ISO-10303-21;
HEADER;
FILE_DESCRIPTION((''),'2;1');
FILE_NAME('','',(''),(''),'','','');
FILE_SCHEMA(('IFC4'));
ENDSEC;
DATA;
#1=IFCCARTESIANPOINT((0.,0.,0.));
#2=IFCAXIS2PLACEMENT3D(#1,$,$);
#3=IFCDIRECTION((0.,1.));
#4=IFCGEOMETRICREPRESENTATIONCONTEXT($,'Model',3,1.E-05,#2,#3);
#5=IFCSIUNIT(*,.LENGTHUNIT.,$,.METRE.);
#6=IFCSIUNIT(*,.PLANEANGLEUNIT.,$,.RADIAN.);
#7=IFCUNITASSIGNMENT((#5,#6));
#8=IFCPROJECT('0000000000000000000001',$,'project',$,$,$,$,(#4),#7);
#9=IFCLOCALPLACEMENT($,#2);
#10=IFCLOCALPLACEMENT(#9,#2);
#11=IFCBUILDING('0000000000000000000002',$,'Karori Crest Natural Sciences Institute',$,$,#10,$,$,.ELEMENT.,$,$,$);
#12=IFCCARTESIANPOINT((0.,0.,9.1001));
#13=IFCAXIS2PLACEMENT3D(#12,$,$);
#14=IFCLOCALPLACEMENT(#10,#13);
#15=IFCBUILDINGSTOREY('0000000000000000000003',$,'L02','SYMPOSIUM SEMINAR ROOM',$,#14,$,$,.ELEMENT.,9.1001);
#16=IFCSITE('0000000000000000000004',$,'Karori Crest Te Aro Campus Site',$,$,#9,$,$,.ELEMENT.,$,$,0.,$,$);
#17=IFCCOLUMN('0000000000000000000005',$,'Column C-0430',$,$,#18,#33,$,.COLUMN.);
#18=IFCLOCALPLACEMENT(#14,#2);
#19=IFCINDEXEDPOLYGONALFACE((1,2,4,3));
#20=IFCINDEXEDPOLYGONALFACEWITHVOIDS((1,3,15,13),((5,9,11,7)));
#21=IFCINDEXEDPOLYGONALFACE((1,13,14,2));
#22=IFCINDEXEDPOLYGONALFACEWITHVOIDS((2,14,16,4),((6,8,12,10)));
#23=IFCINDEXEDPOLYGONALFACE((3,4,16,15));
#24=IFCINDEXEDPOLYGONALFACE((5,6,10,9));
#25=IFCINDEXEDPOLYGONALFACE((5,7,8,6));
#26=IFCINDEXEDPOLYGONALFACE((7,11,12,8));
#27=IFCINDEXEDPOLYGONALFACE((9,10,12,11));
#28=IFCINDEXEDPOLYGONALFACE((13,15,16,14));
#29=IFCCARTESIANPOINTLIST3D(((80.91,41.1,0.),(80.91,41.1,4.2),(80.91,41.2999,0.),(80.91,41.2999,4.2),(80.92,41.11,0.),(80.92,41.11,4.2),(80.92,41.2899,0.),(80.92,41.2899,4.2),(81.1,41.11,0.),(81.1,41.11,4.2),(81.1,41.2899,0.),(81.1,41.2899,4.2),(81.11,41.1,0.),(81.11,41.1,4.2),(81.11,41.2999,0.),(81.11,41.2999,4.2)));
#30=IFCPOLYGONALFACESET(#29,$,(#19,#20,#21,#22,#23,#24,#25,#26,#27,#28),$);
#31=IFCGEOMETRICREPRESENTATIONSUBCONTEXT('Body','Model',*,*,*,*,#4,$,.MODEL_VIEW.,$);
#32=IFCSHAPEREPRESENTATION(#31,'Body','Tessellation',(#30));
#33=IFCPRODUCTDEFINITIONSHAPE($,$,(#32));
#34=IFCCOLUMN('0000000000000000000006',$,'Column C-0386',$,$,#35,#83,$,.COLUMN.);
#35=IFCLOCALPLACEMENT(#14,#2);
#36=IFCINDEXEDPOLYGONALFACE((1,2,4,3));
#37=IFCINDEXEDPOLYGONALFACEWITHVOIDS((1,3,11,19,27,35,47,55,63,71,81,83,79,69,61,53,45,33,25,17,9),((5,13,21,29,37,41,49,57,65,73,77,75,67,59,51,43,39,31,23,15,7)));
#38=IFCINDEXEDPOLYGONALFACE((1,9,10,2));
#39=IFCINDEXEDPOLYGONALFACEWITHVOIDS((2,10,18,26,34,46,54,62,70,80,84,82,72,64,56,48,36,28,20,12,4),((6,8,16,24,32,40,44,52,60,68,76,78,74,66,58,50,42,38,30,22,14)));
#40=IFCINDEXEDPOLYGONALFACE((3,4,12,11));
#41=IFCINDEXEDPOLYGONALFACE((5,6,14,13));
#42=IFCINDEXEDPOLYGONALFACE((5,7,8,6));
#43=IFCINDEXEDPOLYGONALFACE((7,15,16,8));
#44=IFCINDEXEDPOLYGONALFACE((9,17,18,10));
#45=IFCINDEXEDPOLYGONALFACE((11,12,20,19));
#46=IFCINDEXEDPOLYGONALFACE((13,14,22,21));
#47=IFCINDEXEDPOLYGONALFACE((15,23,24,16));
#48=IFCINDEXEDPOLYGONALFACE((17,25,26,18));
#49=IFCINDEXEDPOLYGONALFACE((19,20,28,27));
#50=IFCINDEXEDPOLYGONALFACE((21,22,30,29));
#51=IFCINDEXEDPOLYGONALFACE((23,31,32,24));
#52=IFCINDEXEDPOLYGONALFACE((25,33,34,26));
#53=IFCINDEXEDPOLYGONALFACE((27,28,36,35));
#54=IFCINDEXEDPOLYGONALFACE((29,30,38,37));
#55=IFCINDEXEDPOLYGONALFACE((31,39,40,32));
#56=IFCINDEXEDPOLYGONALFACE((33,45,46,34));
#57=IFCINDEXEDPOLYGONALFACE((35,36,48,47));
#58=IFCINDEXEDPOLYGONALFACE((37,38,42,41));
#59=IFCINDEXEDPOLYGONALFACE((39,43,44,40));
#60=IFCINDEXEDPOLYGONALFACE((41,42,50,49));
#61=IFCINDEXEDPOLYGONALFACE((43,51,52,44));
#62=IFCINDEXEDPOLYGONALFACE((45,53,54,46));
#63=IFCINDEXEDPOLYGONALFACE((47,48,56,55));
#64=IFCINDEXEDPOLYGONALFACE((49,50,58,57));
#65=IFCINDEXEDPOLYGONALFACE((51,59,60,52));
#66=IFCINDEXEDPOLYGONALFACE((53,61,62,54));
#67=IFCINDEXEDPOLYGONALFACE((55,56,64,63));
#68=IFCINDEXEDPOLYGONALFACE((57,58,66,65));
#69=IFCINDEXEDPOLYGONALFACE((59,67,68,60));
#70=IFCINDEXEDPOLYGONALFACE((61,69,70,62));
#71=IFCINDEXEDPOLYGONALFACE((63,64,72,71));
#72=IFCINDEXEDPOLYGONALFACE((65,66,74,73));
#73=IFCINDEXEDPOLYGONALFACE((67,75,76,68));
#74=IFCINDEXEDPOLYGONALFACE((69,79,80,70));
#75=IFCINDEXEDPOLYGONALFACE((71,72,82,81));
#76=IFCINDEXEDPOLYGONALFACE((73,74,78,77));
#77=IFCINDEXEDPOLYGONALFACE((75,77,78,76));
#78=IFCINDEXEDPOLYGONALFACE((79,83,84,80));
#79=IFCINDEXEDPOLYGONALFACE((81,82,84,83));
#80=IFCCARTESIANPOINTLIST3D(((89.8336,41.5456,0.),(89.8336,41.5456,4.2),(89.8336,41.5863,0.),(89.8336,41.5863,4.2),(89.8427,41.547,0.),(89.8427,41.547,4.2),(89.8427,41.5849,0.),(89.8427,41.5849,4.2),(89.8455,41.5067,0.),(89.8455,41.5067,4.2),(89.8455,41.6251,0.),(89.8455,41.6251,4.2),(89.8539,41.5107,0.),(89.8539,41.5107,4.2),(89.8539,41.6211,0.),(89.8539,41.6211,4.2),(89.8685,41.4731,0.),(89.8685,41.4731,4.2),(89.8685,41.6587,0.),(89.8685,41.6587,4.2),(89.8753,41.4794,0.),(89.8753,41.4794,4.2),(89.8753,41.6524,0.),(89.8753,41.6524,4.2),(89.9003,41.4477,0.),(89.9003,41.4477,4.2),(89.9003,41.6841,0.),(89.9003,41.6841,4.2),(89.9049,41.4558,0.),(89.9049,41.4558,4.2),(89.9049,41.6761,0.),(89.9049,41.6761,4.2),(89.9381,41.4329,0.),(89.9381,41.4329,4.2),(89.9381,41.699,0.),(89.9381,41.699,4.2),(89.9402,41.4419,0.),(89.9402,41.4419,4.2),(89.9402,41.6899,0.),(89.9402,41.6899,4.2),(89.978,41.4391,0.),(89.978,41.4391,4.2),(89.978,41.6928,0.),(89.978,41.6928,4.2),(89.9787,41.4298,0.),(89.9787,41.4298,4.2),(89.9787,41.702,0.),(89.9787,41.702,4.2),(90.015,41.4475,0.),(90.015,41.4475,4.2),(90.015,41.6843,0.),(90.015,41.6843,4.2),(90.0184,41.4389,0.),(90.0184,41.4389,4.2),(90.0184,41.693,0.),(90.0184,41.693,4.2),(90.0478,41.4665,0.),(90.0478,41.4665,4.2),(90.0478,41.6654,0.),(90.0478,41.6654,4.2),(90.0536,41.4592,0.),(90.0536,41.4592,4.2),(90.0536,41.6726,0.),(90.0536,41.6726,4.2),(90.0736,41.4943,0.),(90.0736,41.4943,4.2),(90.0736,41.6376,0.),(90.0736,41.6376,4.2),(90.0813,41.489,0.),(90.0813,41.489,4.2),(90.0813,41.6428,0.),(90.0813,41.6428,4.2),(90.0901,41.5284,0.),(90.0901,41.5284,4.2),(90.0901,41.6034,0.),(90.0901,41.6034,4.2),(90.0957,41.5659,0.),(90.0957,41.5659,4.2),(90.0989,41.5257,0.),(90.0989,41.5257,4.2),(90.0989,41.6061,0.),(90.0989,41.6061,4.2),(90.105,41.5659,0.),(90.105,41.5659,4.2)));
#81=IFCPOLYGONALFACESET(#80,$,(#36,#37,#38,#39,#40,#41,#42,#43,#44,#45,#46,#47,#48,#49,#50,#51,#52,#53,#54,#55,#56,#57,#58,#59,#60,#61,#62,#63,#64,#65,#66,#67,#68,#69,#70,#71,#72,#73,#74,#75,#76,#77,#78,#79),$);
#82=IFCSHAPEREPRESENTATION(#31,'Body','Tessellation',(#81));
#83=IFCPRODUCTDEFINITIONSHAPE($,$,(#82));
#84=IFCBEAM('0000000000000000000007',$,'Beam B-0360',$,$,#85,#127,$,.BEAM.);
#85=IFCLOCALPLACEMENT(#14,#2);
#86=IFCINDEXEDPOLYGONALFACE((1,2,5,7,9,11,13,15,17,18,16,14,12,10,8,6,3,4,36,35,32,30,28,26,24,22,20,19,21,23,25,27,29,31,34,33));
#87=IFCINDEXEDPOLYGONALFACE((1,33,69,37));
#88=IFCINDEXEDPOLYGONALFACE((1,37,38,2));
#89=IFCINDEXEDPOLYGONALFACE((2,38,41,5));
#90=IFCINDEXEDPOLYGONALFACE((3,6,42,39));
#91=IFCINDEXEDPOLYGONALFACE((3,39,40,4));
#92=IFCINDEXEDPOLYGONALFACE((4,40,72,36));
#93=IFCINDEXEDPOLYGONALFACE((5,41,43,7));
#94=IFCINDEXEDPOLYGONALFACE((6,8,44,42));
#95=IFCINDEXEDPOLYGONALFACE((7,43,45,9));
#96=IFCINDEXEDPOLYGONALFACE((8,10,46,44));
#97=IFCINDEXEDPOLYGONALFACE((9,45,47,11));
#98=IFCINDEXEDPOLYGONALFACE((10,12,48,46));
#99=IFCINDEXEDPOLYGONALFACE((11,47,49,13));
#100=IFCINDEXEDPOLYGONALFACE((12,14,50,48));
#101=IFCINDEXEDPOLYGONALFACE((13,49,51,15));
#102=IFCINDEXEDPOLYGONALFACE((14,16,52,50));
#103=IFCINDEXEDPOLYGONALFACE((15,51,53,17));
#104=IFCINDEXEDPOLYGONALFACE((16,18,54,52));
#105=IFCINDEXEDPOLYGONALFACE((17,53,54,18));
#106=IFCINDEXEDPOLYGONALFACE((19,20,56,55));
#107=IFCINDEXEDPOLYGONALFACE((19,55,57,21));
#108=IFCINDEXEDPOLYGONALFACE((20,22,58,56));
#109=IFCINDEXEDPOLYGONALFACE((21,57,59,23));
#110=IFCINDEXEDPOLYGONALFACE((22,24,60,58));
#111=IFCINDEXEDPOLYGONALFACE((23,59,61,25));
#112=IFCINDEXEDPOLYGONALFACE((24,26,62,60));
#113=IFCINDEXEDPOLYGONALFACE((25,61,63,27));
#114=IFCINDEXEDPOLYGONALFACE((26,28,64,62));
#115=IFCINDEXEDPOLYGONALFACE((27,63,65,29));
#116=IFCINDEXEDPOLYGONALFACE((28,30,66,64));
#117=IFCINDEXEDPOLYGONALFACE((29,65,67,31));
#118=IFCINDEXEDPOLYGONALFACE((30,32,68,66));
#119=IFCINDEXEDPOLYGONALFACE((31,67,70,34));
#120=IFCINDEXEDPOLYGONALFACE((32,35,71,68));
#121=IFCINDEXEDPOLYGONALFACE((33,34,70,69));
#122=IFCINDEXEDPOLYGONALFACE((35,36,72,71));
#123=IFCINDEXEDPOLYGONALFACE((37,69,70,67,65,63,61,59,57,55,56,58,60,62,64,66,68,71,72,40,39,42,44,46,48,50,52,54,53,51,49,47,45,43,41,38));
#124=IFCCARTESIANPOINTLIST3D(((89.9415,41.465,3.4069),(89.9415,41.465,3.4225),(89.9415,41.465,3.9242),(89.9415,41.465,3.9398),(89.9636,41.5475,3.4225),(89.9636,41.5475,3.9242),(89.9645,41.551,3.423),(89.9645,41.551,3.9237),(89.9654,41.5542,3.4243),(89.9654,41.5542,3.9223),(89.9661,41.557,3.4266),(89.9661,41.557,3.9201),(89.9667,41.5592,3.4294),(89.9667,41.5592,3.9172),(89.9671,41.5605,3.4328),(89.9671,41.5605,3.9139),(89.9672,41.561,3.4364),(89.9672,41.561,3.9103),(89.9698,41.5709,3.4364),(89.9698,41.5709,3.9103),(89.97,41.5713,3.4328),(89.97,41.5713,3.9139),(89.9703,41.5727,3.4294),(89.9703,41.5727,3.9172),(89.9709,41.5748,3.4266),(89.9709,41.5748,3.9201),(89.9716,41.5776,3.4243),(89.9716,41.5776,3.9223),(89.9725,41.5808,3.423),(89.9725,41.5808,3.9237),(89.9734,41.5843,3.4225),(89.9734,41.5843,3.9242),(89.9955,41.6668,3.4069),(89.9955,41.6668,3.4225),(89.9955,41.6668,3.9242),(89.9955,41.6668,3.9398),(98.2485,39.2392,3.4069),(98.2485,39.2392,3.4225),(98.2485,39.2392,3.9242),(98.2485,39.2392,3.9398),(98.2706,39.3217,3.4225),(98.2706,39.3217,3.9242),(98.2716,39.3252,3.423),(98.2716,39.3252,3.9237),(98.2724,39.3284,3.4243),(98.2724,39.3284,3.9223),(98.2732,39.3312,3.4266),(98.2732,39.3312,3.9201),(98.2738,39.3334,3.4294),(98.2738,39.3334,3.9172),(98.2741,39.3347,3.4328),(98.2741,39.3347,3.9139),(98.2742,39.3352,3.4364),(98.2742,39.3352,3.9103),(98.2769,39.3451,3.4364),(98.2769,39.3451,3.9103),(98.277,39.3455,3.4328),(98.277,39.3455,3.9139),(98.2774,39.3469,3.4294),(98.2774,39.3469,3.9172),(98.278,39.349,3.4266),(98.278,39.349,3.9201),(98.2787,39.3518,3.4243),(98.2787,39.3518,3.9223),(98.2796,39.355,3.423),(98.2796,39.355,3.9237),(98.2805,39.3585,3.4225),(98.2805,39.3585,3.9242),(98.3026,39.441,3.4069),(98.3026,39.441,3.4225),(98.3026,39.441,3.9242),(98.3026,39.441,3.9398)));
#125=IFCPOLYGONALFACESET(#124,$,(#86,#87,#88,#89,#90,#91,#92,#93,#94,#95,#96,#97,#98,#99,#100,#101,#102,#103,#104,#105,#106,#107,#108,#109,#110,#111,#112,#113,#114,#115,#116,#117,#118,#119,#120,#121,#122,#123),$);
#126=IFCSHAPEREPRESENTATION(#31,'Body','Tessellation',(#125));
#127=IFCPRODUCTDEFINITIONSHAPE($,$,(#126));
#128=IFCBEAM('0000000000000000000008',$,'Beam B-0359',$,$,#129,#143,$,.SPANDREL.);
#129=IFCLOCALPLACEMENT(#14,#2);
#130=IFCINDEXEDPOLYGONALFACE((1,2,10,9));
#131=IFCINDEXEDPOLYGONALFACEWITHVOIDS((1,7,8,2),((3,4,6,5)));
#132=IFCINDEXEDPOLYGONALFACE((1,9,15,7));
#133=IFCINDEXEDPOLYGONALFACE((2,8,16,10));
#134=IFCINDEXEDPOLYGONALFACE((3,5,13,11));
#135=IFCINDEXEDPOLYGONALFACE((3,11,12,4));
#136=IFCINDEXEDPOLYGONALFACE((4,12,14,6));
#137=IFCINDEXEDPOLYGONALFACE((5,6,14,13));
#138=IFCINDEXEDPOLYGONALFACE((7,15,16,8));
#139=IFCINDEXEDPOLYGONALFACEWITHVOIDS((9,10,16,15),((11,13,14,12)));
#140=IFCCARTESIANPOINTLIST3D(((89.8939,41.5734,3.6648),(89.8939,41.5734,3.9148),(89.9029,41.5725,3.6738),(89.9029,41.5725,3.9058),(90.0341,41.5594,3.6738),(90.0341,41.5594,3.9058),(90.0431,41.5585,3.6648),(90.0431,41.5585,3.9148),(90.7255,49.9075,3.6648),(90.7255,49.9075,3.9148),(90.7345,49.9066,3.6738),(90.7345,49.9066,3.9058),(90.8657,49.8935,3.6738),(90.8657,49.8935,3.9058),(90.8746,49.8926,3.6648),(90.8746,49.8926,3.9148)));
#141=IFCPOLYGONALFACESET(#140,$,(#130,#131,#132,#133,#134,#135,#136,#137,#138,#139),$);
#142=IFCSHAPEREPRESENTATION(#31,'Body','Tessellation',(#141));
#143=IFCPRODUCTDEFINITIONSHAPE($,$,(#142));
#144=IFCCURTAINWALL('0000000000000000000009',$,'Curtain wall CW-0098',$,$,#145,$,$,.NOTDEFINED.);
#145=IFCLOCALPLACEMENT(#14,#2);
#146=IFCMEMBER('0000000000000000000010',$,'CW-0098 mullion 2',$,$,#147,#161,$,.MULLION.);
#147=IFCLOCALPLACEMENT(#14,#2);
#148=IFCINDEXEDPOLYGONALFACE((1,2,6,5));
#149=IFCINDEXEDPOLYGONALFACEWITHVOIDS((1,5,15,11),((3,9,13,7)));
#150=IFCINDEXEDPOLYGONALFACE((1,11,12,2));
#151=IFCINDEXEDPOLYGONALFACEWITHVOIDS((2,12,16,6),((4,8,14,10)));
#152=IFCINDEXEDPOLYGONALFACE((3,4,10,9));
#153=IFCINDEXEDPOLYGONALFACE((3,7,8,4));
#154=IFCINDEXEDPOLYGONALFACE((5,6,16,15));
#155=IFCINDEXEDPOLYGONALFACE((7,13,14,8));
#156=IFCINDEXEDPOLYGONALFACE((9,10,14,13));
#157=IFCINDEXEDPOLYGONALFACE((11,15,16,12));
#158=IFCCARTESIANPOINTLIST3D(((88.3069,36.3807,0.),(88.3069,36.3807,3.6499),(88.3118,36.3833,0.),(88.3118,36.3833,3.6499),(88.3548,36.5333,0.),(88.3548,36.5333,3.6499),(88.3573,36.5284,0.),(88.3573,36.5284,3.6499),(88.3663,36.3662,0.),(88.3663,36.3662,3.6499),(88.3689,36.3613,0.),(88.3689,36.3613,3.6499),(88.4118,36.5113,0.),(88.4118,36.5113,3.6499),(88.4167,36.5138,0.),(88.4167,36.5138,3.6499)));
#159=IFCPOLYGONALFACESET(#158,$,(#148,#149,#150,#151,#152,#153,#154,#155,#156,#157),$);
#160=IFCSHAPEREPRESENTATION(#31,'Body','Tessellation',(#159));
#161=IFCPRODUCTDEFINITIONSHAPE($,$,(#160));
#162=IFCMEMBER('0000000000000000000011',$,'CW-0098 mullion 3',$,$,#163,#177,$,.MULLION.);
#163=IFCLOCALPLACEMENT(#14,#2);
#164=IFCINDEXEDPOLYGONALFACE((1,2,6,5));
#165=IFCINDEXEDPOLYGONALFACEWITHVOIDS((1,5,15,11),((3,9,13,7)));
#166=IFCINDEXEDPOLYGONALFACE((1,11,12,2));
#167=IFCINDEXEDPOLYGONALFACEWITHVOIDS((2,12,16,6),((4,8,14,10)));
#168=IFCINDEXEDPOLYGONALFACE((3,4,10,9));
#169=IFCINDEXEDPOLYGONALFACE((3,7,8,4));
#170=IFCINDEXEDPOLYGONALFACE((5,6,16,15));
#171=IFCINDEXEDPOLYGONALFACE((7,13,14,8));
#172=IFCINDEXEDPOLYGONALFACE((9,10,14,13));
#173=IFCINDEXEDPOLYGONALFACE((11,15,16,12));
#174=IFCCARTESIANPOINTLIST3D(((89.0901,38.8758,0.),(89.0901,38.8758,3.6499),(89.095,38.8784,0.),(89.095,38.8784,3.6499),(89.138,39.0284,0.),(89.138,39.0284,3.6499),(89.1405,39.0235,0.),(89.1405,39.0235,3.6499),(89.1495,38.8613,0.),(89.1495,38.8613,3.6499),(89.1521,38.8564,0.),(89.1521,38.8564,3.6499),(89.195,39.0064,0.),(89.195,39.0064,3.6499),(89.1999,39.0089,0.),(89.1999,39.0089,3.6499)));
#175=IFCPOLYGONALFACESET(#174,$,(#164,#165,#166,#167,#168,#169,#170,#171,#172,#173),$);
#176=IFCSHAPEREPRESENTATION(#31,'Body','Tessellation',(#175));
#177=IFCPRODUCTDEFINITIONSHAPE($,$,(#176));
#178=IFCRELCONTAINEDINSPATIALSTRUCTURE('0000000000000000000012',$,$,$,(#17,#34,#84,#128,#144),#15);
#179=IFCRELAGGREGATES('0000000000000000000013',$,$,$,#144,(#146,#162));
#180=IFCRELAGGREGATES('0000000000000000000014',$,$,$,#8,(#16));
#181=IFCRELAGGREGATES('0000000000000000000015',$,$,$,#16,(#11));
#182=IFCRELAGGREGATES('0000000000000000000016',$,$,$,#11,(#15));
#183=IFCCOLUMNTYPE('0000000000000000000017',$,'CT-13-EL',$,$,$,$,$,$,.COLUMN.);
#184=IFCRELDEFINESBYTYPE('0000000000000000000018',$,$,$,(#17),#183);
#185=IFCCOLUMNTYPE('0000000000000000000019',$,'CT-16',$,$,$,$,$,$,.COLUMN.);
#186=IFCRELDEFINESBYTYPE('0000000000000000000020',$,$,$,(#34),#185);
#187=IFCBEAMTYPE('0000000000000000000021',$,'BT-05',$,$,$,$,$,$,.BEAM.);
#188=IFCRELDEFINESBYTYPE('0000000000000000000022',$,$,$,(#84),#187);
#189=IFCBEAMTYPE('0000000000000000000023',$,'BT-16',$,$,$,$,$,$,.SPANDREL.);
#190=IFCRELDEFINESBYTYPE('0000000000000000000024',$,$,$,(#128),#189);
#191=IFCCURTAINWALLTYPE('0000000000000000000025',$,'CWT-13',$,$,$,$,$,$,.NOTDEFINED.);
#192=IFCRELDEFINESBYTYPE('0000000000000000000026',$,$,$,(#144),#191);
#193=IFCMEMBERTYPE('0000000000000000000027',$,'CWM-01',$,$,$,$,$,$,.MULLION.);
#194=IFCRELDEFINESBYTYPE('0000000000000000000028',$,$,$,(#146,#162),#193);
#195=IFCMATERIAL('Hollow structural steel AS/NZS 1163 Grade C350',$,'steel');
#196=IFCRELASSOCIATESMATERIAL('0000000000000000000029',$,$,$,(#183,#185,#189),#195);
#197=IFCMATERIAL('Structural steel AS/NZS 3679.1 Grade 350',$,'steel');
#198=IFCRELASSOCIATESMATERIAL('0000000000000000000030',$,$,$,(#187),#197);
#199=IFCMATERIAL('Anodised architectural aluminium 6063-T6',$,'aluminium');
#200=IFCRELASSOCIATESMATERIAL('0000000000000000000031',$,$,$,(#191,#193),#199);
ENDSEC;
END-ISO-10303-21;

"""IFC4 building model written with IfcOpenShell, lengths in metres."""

from ifc_helpers import new_model, si_unit, direction, frame, origin, origin_2d, place, context, subcontext, project, spatial, hollow_rectangle, hollow_circle, i_section, extrude, material, material_profile, profile_set, type_object, element, aggregate, save


model = new_model("IFC4")

# Units and contexts
model_context = context("Model", 3, precision=1e-05, world=origin(), true_north=direction((0.0, 1.0)))
body_context = subcontext(model_context, "Body", "Model", "MODEL_VIEW")
ifc_project = project(units=[si_unit("LENGTHUNIT", "METRE"), si_unit("PLANEANGLEUNIT", "RADIAN")], contexts=[model_context])

# Site, building, storey
site_placement = place(None, origin())
site = spatial("IfcSite", under=ifc_project, at=site_placement, Name="Karori Crest Te Aro Campus Site", CompositionType="ELEMENT", RefElevation=0.0)
building_placement = place(site_placement, origin())
building = spatial("IfcBuilding", under=site, at=building_placement, Name="Karori Crest Natural Sciences Institute", CompositionType="ELEMENT")
storey_placement = place(building_placement, frame((0.0, 0.0, 9.1001)))
storey = spatial("IfcBuildingStorey", under=building, at=storey_placement, Name="L02", Description="SYMPOSIUM SEMINAR ROOM", CompositionType="ELEMENT", Elevation=9.1001)

# Columns
ifc_material_1 = material(Name="Hollow structural steel AS/NZS 1163 Grade C350", Category="steel")
ifc_material_profile_1 = material_profile(ifc_material_1, hollow_rectangle(XDim=0.2, YDim=0.2, WallThickness=0.01, at=origin_2d()), Name="SHS200x200x10")
ifc_profile_set_1 = profile_set([ifc_material_profile_1], Name="Hollow structural steel AS/NZS 1163 Grade C350")
column_type_1 = type_object("IfcColumnType", Name="CT-13-EL", PredefinedType="COLUMN", material=ifc_profile_set_1)
column_1_placement = place(storey_placement, frame((81.01, 41.2, 0.0), z_axis=(0.0, 0.0, 1.0), x_axis=(1.0, 0.0, 0.0)))
element("IfcColumn", 1, at=column_1_placement, inside=storey, type_object=column_type_1, Name="Column C-0430", PredefinedType="COLUMN", context=body_context, shape_type="SweptSolid", body=[
    extrude(hollow_rectangle(XDim=0.2, YDim=0.2, WallThickness=0.01, at=origin_2d()), origin(), (0.0, 0.0, 1.0), 4.2),
])
ifc_material_profile_2 = material_profile(ifc_material_1, hollow_circle(Radius=0.1365, WallThickness=0.0093, at=origin_2d()), Name="CHS273.0x9.3")
ifc_profile_set_2 = profile_set([ifc_material_profile_2], Name="Hollow structural steel AS/NZS 1163 Grade C350")
column_type_2 = type_object("IfcColumnType", Name="CT-16", PredefinedType="COLUMN", material=ifc_profile_set_2)
column_2_placement = place(storey_placement, frame((89.9685, 41.5659, 0.0), z_axis=(0.0, 0.0, 1.0), x_axis=(1.0, 0.0, 0.0)))
element("IfcColumn", 2, at=column_2_placement, inside=storey, type_object=column_type_2, Name="Column C-0386", PredefinedType="COLUMN", context=body_context, shape_type="SweptSolid", body=[
    extrude(hollow_circle(Radius=0.1365, WallThickness=0.0093, at=origin_2d()), origin(), (0.0, 0.0, 1.0), 4.2),
])

# Beams
ifc_material_2 = material(Name="Structural steel AS/NZS 3679.1 Grade 350", Category="steel")
ifc_material_profile_3 = material_profile(ifc_material_2, i_section(OverallWidth=0.209, OverallDepth=0.533, WebThickness=0.0103, FlangeThickness=0.0156, FilletRadius=0.0139, at=origin_2d()), Name="530UB92.4")
ifc_profile_set_3 = profile_set([ifc_material_profile_3], Name="Structural steel AS/NZS 3679.1 Grade 350")
beam_type_1 = type_object("IfcBeamType", Name="BT-05", PredefinedType="BEAM", material=ifc_profile_set_3)
beam_1_placement = place(storey_placement, frame((89.9685, 41.5659, 3.6733), z_axis=(0.965928, -0.258813, 0.0), x_axis=(0.258813, 0.965928, 0.0)))
element("IfcBeam", 3, at=beam_1_placement, inside=storey, type_object=beam_type_1, Name="Beam B-0360", PredefinedType="BEAM", context=body_context, shape_type="SweptSolid", body=[
    extrude(i_section(OverallWidth=0.209, OverallDepth=0.533, WebThickness=0.0103, FlangeThickness=0.0156, FilletRadius=0.0139, at=origin_2d()), origin(), (0.0, 0.0, 1.0), 8.6001),
])
ifc_material_profile_4 = material_profile(ifc_material_1, hollow_rectangle(XDim=0.1499, YDim=0.25, WallThickness=0.009, at=origin_2d()), Name="RHS250x150x9")
ifc_profile_set_4 = profile_set([ifc_material_profile_4], Name="Hollow structural steel AS/NZS 1163 Grade C350")
beam_type_2 = type_object("IfcBeamType", Name="BT-16", PredefinedType="SPANDREL", material=ifc_profile_set_4)
beam_2_placement = place(storey_placement, frame((89.9685, 41.5659, 3.7898), z_axis=(0.099284, 0.995059, 0.0), x_axis=(-0.995059, 0.099284, 0.0)))
element("IfcBeam", 4, at=beam_2_placement, inside=storey, type_object=beam_type_2, Name="Beam B-0359", PredefinedType="SPANDREL", context=body_context, shape_type="SweptSolid", body=[
    extrude(hollow_rectangle(XDim=0.1499, YDim=0.25, WallThickness=0.009, at=origin_2d()), origin(), (0.0, 0.0, 1.0), 8.3755),
])

# Curtain wall, members
ifc_material_3 = material(Name="Anodised architectural aluminium 6063-T6", Category="aluminium")
curtain_wall_type = type_object("IfcCurtainWallType", Name="CWT-13", PredefinedType="NOTDEFINED", material=ifc_material_3)
curtain_wall_placement = place(storey_placement, origin())
curtain_wall = element("IfcCurtainWall", 5, at=curtain_wall_placement, inside=storey, type_object=curtain_wall_type, Name="Curtain wall CW-0098", PredefinedType="NOTDEFINED")
ifc_material_profile_5 = material_profile(ifc_material_3, hollow_rectangle(XDim=0.0649, YDim=0.1599, WallThickness=0.0039, at=origin_2d()), Name="CWM160x65x4")
ifc_profile_set_5 = profile_set([ifc_material_profile_5], Name="Anodised architectural aluminium 6063-T6")
member_type_1 = type_object("IfcMemberType", Name="CWM-01", PredefinedType="MULLION", material=ifc_profile_set_5)
member_1_placement = place(storey_placement, frame((88.3618, 36.4473, 0.0), z_axis=(0.0, 0.0, 1.0), x_axis=(-0.954104, 0.299477, 0.0)))
member_1 = element("IfcMember", 6, at=member_1_placement, type_object=member_type_1, Name="CW-0098 mullion 2", PredefinedType="MULLION", context=body_context, shape_type="SweptSolid", body=[
    extrude(hollow_rectangle(XDim=0.0649, YDim=0.1599, WallThickness=0.0039, at=origin_2d()), origin(), (0.0, 0.0, 1.0), 3.6499),
])
member_2_placement = place(storey_placement, frame((89.145, 38.9424, 0.0), z_axis=(0.0, 0.0, 1.0), x_axis=(-0.954104, 0.299477, 0.0)))
member_2 = element("IfcMember", 7, at=member_2_placement, type_object=member_type_1, Name="CW-0098 mullion 3", PredefinedType="MULLION", context=body_context, shape_type="SweptSolid", body=[
    extrude(hollow_rectangle(XDim=0.0649, YDim=0.1599, WallThickness=0.0039, at=origin_2d()), origin(), (0.0, 0.0, 1.0), 3.6499),
])

aggregate(curtain_wall, [member_1, member_2])

save(model, "model.ifc")
